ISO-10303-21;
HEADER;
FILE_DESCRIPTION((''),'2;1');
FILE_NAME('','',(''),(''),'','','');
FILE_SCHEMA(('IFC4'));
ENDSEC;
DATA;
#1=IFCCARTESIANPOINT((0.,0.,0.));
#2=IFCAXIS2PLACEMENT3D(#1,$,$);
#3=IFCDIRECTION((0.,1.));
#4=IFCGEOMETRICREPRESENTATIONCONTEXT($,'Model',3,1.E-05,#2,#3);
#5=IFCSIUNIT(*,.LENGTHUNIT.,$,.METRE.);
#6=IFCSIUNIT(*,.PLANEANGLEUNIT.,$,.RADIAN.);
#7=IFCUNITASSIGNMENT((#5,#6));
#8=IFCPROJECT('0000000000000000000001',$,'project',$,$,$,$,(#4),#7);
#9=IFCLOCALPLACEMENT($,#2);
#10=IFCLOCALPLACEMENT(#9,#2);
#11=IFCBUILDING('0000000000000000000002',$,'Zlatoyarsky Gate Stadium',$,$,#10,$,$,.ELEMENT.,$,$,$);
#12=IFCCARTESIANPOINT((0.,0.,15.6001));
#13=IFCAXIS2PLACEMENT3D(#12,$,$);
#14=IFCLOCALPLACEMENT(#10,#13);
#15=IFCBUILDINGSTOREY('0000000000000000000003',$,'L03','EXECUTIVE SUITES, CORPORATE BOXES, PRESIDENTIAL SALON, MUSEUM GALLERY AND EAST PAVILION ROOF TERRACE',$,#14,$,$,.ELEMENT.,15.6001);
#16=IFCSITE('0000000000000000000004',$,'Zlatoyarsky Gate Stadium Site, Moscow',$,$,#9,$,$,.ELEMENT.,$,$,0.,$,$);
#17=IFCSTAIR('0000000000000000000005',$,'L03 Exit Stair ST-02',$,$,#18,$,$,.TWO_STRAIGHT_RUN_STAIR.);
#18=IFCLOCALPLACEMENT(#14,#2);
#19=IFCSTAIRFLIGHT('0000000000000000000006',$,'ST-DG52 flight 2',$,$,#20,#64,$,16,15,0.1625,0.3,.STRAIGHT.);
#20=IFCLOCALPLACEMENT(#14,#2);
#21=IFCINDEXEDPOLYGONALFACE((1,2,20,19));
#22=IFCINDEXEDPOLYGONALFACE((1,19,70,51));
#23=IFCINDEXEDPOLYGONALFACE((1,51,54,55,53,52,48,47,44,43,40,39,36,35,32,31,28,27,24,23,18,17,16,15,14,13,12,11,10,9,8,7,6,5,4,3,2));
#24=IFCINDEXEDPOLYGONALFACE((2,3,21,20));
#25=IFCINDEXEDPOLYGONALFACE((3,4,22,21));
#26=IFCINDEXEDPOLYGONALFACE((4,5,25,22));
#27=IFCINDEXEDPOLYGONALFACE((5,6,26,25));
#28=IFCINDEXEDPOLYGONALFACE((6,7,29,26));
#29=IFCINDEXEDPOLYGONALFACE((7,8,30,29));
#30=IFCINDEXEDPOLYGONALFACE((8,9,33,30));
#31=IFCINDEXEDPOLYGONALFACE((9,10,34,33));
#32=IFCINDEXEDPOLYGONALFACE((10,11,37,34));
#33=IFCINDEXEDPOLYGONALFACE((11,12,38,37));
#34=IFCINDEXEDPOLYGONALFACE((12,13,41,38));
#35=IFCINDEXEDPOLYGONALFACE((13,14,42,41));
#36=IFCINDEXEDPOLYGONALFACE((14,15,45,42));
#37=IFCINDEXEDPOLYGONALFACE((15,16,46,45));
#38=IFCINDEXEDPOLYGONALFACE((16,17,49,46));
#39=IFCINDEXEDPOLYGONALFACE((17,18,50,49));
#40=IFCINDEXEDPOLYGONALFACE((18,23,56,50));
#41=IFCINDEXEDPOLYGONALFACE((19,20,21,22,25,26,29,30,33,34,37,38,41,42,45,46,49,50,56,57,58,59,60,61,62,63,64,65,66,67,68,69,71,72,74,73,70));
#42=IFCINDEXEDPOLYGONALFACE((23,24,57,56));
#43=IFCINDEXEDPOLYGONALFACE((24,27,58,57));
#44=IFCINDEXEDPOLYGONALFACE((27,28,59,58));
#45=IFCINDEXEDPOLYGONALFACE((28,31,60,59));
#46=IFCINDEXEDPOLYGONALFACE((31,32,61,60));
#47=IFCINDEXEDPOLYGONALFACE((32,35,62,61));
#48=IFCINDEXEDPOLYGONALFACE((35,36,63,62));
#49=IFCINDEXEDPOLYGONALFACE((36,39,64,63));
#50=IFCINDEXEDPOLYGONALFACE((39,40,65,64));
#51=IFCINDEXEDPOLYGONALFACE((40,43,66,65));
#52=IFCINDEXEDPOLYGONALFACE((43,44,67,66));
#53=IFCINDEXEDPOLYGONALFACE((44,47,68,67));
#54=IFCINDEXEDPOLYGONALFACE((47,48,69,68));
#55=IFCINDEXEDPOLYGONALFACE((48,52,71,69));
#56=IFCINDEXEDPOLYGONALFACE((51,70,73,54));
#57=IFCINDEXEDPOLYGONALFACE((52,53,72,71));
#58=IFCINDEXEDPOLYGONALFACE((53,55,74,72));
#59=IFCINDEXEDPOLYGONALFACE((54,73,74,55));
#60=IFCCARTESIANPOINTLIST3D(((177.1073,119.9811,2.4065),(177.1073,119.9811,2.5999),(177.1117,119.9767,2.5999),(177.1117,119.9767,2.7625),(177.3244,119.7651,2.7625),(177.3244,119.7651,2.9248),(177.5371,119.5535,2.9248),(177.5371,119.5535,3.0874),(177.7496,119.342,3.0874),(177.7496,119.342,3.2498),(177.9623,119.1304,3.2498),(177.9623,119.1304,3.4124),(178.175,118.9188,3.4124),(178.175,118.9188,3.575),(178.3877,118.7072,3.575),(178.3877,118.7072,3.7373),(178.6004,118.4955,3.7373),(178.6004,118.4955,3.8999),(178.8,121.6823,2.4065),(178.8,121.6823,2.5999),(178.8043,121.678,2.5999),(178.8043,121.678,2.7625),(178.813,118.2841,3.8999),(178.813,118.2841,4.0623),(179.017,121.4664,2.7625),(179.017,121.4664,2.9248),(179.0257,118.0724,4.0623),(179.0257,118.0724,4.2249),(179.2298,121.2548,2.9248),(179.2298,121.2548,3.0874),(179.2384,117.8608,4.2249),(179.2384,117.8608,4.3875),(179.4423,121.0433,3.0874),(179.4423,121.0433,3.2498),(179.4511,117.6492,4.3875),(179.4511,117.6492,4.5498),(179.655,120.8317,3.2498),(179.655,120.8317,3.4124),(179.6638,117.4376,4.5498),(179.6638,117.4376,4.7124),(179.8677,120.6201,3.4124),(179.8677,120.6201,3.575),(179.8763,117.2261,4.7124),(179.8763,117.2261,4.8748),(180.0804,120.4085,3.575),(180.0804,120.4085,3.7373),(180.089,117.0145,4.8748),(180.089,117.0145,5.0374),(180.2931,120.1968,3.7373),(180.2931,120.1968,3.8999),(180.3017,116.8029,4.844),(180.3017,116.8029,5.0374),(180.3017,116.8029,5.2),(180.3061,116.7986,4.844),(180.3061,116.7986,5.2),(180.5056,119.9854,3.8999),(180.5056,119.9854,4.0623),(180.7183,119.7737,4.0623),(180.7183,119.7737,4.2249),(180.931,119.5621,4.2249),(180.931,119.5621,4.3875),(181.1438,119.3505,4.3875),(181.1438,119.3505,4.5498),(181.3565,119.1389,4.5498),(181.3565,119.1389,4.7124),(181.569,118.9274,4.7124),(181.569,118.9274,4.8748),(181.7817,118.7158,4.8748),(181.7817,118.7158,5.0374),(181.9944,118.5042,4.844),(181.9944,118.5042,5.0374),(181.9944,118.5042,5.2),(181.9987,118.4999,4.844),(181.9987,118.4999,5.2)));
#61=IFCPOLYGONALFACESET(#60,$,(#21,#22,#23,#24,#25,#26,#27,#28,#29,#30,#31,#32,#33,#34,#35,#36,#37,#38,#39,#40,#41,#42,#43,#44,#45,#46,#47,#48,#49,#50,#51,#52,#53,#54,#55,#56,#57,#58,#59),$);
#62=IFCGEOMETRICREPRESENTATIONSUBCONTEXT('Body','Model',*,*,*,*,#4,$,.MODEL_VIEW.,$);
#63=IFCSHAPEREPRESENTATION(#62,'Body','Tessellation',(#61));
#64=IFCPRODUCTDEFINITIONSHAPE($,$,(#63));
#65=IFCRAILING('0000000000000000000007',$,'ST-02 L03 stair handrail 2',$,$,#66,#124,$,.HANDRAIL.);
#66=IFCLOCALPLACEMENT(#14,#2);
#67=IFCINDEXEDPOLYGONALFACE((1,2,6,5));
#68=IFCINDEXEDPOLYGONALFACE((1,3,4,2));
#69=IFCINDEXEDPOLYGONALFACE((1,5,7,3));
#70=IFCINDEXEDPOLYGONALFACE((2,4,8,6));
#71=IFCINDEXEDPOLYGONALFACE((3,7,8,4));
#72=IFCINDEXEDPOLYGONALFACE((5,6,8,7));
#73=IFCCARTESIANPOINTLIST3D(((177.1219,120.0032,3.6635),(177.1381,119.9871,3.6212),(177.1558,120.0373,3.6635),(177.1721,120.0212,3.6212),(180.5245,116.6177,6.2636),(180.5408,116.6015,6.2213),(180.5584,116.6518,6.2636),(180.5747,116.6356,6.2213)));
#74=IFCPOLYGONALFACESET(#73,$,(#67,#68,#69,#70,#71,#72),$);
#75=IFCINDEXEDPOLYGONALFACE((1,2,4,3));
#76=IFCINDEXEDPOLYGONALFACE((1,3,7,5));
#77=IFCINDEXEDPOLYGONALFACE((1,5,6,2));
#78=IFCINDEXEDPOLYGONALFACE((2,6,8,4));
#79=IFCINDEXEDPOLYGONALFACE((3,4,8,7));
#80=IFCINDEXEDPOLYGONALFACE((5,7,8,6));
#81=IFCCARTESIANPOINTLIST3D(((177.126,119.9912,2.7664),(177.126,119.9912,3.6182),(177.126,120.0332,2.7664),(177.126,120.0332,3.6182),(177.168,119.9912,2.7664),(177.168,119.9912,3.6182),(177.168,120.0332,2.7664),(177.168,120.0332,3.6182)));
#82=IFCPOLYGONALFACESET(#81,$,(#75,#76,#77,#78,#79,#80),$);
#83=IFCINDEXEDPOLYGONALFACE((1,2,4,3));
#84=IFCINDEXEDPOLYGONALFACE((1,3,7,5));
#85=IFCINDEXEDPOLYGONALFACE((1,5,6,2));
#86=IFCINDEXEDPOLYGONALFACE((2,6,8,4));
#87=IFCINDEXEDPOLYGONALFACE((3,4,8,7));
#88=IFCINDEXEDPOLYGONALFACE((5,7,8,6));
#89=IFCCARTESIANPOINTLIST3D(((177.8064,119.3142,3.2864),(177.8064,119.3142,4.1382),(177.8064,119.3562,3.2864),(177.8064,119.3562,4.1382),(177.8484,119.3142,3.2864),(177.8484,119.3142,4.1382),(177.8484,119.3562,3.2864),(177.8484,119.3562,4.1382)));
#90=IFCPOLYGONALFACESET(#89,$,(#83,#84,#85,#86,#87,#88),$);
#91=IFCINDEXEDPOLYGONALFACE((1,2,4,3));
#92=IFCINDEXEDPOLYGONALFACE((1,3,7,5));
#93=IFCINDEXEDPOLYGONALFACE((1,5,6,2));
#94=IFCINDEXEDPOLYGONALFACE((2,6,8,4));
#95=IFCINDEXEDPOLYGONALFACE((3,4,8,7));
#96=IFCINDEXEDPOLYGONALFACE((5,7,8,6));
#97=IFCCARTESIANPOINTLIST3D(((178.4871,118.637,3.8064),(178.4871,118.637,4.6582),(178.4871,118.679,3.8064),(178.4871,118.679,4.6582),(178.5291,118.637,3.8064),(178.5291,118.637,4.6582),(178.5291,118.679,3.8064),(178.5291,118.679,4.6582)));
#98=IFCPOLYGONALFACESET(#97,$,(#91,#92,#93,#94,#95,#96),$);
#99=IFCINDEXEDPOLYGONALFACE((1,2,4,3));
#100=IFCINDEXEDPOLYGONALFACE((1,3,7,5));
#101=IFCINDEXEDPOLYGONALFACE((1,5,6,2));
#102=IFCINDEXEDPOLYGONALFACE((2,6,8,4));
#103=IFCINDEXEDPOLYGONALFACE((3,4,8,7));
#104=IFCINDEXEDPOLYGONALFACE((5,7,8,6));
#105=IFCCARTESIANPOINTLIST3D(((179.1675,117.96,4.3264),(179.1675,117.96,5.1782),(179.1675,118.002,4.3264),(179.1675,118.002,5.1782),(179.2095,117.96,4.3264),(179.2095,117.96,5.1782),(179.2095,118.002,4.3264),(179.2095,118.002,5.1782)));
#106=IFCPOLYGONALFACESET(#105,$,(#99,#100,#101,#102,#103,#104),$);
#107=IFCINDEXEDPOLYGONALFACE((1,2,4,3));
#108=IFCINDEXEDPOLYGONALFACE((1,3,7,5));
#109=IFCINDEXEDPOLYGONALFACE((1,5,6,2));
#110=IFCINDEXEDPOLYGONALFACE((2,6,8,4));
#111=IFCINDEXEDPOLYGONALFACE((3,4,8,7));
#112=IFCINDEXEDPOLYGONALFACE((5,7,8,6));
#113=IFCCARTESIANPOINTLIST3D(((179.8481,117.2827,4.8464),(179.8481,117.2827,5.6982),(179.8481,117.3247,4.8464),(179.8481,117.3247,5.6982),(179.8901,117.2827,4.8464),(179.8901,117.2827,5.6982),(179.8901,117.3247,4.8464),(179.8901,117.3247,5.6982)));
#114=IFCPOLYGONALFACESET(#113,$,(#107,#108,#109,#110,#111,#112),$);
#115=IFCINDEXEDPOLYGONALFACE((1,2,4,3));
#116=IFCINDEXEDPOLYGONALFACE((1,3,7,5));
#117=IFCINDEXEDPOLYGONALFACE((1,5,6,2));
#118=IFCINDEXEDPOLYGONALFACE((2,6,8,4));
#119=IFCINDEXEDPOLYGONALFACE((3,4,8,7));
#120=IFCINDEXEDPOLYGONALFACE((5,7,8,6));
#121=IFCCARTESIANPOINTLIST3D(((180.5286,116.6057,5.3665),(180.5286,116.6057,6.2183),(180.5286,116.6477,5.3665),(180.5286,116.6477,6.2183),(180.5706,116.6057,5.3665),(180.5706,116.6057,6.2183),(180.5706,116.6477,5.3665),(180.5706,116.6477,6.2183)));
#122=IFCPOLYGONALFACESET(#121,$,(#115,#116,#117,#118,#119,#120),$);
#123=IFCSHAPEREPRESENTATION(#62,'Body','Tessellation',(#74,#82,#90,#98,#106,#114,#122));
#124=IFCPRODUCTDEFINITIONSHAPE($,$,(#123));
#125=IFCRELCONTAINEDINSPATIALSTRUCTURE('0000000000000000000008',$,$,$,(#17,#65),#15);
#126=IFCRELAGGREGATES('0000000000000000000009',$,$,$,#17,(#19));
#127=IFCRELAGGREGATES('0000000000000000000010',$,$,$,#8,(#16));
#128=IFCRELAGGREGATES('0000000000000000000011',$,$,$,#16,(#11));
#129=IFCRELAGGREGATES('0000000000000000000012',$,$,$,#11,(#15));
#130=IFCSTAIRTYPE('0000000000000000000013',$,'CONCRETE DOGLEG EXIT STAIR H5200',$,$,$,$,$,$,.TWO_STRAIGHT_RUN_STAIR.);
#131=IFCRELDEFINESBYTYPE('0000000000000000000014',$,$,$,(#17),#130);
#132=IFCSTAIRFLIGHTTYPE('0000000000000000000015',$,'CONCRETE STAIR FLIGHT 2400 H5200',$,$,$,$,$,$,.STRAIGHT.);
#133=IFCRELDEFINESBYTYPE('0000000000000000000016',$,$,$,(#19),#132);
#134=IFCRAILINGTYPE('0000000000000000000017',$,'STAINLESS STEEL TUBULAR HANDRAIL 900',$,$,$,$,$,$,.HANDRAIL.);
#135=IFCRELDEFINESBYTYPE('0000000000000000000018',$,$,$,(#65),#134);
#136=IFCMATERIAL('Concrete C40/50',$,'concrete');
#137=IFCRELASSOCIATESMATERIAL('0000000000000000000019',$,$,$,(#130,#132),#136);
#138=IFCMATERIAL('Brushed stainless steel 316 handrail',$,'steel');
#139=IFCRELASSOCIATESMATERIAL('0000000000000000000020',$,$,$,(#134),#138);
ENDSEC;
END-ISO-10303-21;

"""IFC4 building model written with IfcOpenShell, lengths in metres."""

from ifc_helpers import new_model, si_unit, direction, frame, origin, origin_2d, place, context, subcontext, project, spatial, polyline, rectangle, outline, extrude, material, type_object, element, aggregate, save


model = new_model("IFC4")

# Units and contexts
model_context = context("Model", 3, precision=1e-05, world=origin(), true_north=direction((0.0, 1.0)))
body_context = subcontext(model_context, "Body", "Model", "MODEL_VIEW")
ifc_project = project(units=[si_unit("LENGTHUNIT", "METRE"), si_unit("PLANEANGLEUNIT", "RADIAN")], contexts=[model_context])

# Site, building, storey
site_placement = place(None, origin())
site = spatial("IfcSite", under=ifc_project, at=site_placement, Name="Zlatoyarsky Gate Stadium Site, Moscow", CompositionType="ELEMENT", RefElevation=0.0)
building_placement = place(site_placement, origin())
building = spatial("IfcBuilding", under=site, at=building_placement, Name="Zlatoyarsky Gate Stadium", CompositionType="ELEMENT")
storey_placement = place(building_placement, frame((0.0, 0.0, 15.6001)))
storey = spatial("IfcBuildingStorey", under=building, at=storey_placement, Name="L03", Description="EXECUTIVE SUITES, CORPORATE BOXES, PRESIDENTIAL SALON, MUSEUM GALLERY AND EAST PAVILION ROOF TERRACE", CompositionType="ELEMENT", Elevation=15.6001)

# Shared definitions
ifc_material_1 = material(Name="Concrete C40/50", Category="concrete")

# Stair, stair flight
stair_type = type_object("IfcStairType", Name="CONCRETE DOGLEG EXIT STAIR H5200", PredefinedType="TWO_STRAIGHT_RUN_STAIR", material=ifc_material_1)
stair_placement = place(storey_placement, origin())
stair = element("IfcStair", 1, at=stair_placement, inside=storey, type_object=stair_type, Name="L03 Exit Stair ST-02", PredefinedType="TWO_STRAIGHT_RUN_STAIR")
stair_flight_type = type_object("IfcStairFlightType", Name="CONCRETE STAIR FLIGHT 2400 H5200", PredefinedType="STRAIGHT", material=ifc_material_1)
stair_flight_placement = place(storey_placement, frame((177.958, 120.8274, 2.5999), z_axis=(0.0, 0.0, 1.0), x_axis=(0.708901, -0.705308, 0.0)))
stair_flight = element("IfcStairFlight", 2, at=stair_flight_placement, type_object=stair_flight_type, Name="ST-DG52 flight 2", NumberOfRisers=16, NumberOfTreads=15, PredefinedType="STRAIGHT", RiserHeight=0.1625, TreadLength=0.3, context=body_context, shape_type="SweptSolid", body=[
    extrude(outline(polyline([(-0.0061, -0.1934), (-0.0061, 0.0), (0.0, 0.0), (0.0, 0.1626), (0.3, 0.1626), (0.3, 0.325), (0.6001, 0.325), (0.6001, 0.4875), (0.8999, 0.4875), (0.8999, 0.6499), (1.2, 0.6499), (1.2, 0.8125), (1.5, 0.8125), (1.5, 0.9751), (1.8, 0.9751), (1.8, 1.1375), (2.1001, 1.1375), (2.1001, 1.3), (2.3999, 1.3), (2.3999, 1.4624), (2.7, 1.4624), (2.7, 1.625), (3.0, 1.625), (3.0, 1.7876), (3.3, 1.7876), (3.3, 1.95), (3.6001, 1.95), (3.6001, 2.1125), (3.8999, 2.1125), (3.8999, 2.2749), (4.2, 2.2749), (4.2, 2.4375), (4.5, 2.4375), (4.5, 2.6001), (4.5061, 2.6001), (4.5061, 2.2441), (4.5, 2.2441), (-0.0061, -0.1934)])), frame((0.0, 1.2, 0.0), z_axis=(0.0, -1.0, 0.0), x_axis=(1.0, 0.0, 0.0)), (0.0, 0.0, 1.0), 2.3999),
])
aggregate(stair, [stair_flight])

# Railing
ifc_material_2 = material(Name="Brushed stainless steel 316 handrail", Category="steel")
railing_type = type_object("IfcRailingType", Name="STAINLESS STEEL TUBULAR HANDRAIL 900", PredefinedType="HANDRAIL", material=ifc_material_2)
railing_placement = place(storey_placement, frame((177.147, 120.0122, 2.7664)))
element("IfcRailing", 3, at=railing_placement, inside=storey, type_object=railing_type, Name="ST-02 L03 stair handrail 2", PredefinedType="HANDRAIL", context=body_context, shape_type="SweptSolid", body=[
    extrude(rectangle(XDim=0.0481, YDim=0.0481, at=origin_2d()), frame((0.0, 0.0, 0.876), z_axis=(0.623309, -0.620178, 0.476303), x_axis=(0.705324, 0.708885, 0.0)), (0.0, 0.0, 1.0), 5.459),
    extrude(rectangle(XDim=0.042, YDim=0.042, at=origin_2d()), origin(), (0.0, 0.0, 1.0), 0.8518),
    extrude(rectangle(XDim=0.042, YDim=0.042, at=origin_2d()), frame((0.6804, -0.677, 0.52)), (0.0, 0.0, 1.0), 0.8518),
    extrude(rectangle(XDim=0.042, YDim=0.042, at=origin_2d()), frame((1.3611, -1.3542, 1.04)), (0.0, 0.0, 1.0), 0.8518),
    extrude(rectangle(XDim=0.042, YDim=0.042, at=origin_2d()), frame((2.0415, -2.0312, 1.5601)), (0.0, 0.0, 1.0), 0.8518),
    extrude(rectangle(XDim=0.042, YDim=0.042, at=origin_2d()), frame((2.7222, -2.7085, 2.0801)), (0.0, 0.0, 1.0), 0.8518),
    extrude(rectangle(XDim=0.042, YDim=0.042, at=origin_2d()), frame((3.4026, -3.3855, 2.6001)), (0.0, 0.0, 1.0), 0.8518),
])

save(model, "model.ifc")
